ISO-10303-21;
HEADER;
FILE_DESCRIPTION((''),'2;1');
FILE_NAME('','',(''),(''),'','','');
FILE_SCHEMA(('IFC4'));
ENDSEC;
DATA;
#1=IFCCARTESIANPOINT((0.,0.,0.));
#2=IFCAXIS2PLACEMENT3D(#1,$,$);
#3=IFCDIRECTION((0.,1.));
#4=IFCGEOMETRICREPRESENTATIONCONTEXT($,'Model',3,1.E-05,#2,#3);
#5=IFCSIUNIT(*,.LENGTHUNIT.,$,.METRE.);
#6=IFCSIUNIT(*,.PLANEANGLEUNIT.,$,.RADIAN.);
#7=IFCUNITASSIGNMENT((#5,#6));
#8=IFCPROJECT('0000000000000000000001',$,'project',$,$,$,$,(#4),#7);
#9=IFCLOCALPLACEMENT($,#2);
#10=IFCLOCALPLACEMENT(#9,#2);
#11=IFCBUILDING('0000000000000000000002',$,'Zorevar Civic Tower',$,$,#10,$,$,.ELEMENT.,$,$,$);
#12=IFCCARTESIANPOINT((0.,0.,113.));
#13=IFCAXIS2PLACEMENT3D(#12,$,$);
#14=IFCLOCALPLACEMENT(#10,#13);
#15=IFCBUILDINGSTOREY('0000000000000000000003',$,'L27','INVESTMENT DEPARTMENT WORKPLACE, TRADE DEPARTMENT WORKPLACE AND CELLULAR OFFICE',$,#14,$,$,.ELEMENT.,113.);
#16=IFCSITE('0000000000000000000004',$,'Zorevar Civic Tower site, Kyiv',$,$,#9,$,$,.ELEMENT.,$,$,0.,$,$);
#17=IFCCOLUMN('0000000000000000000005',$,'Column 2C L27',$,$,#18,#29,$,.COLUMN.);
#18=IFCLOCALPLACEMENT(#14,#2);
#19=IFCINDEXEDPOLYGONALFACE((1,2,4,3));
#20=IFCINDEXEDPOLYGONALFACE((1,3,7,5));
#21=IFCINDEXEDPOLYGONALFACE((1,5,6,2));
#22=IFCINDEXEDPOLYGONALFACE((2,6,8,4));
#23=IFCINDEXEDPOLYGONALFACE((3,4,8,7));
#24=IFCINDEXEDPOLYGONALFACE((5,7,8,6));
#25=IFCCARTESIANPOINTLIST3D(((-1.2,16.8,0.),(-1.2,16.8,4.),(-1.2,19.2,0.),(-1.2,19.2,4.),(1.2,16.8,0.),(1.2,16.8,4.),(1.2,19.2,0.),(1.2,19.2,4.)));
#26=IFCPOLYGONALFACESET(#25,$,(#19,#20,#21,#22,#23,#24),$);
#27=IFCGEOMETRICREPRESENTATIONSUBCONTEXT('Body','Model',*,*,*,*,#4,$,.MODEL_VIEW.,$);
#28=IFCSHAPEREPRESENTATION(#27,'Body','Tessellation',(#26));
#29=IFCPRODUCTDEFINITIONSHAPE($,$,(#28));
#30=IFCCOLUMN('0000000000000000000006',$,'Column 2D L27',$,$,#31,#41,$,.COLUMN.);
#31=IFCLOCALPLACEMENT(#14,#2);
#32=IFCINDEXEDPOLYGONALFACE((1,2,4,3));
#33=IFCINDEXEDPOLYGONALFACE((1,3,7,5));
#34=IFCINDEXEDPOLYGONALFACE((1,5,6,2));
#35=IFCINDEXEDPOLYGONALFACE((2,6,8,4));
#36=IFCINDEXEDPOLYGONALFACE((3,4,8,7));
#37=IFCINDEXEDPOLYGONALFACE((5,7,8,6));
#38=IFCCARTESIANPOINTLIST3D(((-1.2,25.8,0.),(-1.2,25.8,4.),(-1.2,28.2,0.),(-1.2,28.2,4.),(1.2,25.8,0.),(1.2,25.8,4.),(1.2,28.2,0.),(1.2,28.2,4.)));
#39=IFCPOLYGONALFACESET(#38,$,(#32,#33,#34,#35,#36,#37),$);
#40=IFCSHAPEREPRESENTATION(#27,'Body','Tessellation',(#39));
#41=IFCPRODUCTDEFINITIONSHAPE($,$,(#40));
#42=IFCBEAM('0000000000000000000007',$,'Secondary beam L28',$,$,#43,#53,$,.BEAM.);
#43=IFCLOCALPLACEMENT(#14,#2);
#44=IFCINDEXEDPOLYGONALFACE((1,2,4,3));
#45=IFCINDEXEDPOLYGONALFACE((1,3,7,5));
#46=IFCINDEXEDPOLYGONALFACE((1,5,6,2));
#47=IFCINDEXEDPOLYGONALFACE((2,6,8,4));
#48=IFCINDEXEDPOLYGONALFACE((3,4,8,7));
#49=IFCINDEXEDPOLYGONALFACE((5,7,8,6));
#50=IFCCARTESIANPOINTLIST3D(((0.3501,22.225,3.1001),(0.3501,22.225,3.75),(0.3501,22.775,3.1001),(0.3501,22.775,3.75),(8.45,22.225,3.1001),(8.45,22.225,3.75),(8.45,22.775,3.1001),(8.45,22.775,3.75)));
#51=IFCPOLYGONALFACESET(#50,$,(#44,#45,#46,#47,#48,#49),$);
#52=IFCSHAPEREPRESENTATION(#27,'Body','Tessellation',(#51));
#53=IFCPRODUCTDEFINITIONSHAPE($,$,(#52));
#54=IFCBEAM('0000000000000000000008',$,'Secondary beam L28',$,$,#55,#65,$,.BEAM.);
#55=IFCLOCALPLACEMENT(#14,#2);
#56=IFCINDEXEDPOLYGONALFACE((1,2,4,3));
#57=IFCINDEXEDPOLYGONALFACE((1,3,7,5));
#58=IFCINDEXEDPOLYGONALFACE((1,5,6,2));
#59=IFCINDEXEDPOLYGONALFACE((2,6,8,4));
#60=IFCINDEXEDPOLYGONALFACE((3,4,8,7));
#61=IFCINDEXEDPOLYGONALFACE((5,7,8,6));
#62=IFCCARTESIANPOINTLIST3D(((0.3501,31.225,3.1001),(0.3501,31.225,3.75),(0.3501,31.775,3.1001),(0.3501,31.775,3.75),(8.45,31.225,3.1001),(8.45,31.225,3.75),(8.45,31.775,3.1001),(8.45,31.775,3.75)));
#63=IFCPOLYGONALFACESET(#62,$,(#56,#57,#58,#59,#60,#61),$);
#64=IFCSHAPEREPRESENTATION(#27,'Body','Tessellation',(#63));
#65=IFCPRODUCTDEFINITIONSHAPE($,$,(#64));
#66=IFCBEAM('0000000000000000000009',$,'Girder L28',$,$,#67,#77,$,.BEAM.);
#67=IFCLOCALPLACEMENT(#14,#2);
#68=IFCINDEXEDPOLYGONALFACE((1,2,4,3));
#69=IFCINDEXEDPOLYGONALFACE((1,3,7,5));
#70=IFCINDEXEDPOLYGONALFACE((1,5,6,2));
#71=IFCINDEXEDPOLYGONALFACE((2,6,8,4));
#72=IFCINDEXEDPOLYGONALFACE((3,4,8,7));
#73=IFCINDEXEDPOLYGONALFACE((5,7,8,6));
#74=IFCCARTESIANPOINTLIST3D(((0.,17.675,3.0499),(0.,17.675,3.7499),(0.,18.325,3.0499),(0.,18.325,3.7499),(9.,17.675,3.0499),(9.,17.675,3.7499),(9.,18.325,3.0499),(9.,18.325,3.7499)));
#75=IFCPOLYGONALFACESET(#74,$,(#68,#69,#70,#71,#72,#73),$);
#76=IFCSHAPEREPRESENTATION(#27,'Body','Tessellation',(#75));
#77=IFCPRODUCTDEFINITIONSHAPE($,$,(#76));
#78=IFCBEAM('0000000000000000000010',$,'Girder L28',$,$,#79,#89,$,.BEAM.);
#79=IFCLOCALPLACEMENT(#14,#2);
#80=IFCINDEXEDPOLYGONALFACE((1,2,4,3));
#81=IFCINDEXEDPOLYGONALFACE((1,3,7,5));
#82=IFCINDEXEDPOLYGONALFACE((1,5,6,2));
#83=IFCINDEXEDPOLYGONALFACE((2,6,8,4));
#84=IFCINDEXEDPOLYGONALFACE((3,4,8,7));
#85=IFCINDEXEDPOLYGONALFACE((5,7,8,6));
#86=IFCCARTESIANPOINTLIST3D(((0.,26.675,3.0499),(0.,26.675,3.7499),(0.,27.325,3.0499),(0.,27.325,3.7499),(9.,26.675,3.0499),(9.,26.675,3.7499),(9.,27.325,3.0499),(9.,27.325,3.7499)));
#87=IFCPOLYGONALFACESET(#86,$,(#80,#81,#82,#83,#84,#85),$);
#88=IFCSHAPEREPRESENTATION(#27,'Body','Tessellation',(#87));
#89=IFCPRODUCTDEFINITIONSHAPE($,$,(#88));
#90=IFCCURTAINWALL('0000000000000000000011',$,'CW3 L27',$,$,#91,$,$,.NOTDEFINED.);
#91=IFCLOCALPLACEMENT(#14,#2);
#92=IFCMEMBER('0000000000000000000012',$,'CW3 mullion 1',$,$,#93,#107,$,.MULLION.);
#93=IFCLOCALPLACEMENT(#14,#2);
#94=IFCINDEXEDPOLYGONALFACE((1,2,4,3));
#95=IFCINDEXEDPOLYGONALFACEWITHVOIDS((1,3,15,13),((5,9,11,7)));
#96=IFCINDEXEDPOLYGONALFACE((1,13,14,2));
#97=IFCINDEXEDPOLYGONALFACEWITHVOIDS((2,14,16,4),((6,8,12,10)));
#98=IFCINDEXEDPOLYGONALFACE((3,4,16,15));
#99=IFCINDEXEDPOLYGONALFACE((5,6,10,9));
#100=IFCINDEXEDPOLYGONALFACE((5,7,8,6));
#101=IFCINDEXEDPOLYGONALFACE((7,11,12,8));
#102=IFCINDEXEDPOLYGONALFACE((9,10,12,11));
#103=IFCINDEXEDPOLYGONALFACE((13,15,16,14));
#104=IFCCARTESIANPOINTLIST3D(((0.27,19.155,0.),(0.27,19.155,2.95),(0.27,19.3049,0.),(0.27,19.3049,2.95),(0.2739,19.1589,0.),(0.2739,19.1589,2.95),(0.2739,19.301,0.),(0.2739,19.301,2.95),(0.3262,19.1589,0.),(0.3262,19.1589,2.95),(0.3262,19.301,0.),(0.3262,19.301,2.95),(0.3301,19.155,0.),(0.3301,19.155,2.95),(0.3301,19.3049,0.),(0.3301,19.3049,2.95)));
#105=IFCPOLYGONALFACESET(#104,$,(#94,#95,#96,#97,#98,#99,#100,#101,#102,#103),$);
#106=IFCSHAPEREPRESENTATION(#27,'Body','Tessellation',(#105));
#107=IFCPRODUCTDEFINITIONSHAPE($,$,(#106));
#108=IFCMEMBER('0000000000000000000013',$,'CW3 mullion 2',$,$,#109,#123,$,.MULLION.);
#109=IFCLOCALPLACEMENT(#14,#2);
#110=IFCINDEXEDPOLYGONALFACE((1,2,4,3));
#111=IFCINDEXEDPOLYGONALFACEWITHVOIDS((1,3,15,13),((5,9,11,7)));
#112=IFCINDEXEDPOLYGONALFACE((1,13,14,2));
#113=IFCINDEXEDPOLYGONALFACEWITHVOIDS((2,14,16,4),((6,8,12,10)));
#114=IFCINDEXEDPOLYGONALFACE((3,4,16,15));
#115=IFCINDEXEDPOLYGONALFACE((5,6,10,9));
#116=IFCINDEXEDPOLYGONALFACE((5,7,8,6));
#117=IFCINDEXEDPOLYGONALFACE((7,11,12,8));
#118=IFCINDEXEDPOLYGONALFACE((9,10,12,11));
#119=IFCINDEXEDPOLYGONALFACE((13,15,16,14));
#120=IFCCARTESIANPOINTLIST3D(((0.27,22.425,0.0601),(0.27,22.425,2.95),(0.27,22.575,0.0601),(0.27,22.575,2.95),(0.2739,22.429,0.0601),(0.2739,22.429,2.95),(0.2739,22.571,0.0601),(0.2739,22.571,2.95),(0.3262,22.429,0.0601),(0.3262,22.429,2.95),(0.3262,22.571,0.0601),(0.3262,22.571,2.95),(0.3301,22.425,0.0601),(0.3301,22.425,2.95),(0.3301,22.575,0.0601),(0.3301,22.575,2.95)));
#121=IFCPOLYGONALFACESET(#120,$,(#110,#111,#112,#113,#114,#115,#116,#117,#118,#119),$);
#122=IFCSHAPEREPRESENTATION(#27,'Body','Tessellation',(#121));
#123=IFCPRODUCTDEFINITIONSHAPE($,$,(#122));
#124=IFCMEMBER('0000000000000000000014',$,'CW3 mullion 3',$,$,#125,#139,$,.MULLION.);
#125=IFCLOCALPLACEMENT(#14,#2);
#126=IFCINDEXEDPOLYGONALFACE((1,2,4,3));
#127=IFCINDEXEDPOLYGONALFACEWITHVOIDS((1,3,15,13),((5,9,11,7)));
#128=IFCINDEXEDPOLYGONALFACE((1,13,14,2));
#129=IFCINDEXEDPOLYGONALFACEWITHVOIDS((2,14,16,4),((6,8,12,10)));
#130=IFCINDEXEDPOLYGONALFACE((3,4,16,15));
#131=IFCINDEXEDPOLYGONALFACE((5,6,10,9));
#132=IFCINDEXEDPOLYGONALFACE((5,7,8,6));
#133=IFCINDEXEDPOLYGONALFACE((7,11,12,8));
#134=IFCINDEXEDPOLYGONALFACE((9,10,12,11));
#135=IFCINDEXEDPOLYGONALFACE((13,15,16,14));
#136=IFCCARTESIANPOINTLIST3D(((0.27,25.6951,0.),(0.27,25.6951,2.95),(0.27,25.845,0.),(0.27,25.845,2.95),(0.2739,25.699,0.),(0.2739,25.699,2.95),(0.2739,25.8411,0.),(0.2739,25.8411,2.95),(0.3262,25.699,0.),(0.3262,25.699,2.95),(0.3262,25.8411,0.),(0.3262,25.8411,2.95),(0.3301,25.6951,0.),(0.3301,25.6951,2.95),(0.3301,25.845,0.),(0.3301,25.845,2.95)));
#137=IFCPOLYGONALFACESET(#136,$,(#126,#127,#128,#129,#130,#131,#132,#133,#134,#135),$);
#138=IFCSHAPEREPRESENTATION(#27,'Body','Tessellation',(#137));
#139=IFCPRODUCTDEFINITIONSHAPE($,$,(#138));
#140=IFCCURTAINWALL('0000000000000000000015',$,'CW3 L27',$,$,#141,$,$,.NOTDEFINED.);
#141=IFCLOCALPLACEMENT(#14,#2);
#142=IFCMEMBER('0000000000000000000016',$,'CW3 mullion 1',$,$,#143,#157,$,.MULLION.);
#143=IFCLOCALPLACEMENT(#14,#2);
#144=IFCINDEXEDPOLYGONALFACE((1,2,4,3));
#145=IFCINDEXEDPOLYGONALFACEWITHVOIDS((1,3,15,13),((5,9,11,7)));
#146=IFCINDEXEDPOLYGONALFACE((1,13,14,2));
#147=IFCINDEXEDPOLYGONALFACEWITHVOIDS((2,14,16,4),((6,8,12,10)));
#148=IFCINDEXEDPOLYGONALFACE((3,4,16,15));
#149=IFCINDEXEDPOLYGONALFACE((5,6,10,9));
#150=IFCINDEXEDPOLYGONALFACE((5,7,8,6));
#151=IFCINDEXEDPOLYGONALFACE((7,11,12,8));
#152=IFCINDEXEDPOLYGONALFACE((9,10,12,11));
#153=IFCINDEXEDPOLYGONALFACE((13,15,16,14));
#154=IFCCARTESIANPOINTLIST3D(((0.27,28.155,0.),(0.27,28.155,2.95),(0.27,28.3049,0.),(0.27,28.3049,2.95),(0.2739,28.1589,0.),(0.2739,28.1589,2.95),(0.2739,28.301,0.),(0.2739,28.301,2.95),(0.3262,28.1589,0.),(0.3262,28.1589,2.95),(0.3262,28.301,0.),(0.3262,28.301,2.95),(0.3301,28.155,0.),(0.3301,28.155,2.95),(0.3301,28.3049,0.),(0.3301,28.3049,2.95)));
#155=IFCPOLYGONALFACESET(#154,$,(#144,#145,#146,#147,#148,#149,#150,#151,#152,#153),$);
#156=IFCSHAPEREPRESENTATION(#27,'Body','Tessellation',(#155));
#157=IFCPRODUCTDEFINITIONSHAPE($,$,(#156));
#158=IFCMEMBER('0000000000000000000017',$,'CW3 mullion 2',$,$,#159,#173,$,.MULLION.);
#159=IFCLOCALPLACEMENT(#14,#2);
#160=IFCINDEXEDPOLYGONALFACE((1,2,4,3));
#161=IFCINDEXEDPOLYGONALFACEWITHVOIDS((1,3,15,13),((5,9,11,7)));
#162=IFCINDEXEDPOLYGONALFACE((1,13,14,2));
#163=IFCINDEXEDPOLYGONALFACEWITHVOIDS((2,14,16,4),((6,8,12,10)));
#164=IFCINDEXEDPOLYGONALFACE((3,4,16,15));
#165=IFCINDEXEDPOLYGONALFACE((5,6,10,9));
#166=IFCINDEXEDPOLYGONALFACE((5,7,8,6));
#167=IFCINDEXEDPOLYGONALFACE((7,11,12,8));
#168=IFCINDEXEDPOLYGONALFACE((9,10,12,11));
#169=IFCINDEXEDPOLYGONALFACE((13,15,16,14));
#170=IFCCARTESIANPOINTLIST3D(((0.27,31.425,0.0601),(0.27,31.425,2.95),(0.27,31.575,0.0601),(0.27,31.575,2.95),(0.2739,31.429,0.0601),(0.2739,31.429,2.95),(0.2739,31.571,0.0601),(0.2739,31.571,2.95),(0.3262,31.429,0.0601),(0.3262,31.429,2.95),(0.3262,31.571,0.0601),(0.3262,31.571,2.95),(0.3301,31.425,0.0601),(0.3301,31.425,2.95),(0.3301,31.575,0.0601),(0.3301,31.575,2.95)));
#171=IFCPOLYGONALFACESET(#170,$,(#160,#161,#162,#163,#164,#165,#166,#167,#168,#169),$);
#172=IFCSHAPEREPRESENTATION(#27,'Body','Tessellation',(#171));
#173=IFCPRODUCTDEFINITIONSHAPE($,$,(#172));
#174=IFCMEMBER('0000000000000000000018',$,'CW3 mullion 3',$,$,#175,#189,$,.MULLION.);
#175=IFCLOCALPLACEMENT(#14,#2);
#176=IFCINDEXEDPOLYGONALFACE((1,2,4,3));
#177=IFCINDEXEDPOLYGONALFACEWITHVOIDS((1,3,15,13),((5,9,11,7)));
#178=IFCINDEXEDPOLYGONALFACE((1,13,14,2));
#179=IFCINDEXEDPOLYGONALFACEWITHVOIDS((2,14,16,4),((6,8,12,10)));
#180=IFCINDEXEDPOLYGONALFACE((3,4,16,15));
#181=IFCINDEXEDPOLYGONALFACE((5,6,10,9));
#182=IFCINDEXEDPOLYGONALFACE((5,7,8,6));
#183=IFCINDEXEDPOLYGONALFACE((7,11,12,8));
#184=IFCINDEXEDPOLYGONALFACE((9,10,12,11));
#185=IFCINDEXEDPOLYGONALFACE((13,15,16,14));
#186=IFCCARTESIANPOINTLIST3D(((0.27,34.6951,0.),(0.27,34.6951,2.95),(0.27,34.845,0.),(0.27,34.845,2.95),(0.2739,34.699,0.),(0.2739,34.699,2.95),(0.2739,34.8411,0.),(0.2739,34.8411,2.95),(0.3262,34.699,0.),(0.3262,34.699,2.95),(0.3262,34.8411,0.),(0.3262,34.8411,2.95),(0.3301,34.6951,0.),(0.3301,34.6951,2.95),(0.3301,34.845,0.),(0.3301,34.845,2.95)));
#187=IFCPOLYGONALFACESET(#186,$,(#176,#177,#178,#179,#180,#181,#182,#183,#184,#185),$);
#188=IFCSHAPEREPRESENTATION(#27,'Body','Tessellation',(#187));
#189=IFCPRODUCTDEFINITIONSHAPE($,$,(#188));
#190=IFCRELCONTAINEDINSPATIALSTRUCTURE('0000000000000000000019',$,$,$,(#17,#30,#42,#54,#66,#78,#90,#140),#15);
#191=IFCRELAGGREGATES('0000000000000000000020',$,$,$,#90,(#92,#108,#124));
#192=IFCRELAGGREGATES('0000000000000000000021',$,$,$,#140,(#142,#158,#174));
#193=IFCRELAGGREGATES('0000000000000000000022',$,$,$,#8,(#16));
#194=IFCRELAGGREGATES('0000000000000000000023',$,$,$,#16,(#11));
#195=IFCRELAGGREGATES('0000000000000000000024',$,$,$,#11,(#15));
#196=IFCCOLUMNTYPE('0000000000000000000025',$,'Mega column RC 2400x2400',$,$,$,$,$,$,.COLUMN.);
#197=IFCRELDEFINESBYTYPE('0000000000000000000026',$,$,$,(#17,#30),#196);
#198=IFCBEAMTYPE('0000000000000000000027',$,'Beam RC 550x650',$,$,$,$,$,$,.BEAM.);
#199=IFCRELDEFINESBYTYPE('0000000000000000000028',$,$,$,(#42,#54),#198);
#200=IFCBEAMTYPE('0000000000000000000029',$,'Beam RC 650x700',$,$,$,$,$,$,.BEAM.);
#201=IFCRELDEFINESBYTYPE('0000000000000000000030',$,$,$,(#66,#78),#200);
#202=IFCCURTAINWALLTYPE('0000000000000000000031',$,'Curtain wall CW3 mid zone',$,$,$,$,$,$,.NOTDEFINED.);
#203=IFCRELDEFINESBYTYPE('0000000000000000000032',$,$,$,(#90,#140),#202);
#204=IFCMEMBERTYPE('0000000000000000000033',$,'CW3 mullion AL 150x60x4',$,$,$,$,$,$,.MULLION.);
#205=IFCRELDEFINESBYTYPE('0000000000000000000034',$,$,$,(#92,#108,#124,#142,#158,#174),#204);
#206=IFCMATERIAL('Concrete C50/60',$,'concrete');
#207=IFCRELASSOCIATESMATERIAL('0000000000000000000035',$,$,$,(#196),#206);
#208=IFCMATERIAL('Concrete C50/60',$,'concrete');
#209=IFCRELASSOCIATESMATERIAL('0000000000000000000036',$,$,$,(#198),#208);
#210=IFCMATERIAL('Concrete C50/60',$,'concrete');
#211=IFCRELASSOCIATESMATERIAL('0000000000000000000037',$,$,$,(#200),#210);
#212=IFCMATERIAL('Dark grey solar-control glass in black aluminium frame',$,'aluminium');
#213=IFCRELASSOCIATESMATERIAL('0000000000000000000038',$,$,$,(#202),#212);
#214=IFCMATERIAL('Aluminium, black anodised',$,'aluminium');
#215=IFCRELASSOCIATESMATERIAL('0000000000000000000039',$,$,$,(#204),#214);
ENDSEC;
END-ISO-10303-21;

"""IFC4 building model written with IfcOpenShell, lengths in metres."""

from ifc_helpers import new_model, si_unit, direction, frame, origin, origin_2d, place, context, subcontext, project, spatial, rectangle, hollow_rectangle, extrude, material, material_profile, profile_set, type_object, element, aggregate, save


model = new_model("IFC4")

# Units and contexts
model_context = context("Model", 3, precision=1e-05, world=origin(), true_north=direction((0.0, 1.0)))
body_context = subcontext(model_context, "Body", "Model", "MODEL_VIEW")
ifc_project = project(units=[si_unit("LENGTHUNIT", "METRE"), si_unit("PLANEANGLEUNIT", "RADIAN")], contexts=[model_context])

# Site, building, storey
site_placement = place(None, origin())
site = spatial("IfcSite", under=ifc_project, at=site_placement, Name="Zorevar Civic Tower site, Kyiv", CompositionType="ELEMENT", RefElevation=0.0)
building_placement = place(site_placement, origin())
building = spatial("IfcBuilding", under=site, at=building_placement, Name="Zorevar Civic Tower", CompositionType="ELEMENT")
storey_placement = place(building_placement, frame((0.0, 0.0, 113.0)))
storey = spatial("IfcBuildingStorey", under=building, at=storey_placement, Name="L27", Description="INVESTMENT DEPARTMENT WORKPLACE, TRADE DEPARTMENT WORKPLACE AND CELLULAR OFFICE", CompositionType="ELEMENT", Elevation=113.0)

# Columns
ifc_material_1 = material(Name="Concrete C50/60", Category="concrete")
ifc_material_profile_1 = material_profile(ifc_material_1, rectangle(XDim=2.3999, YDim=2.3999, at=origin_2d()), Name="RC 2400x2400")
ifc_profile_set_1 = profile_set([ifc_material_profile_1], Name="Concrete C50/60")
column_type = type_object("IfcColumnType", Name="Mega column RC 2400x2400", PredefinedType="COLUMN", material=ifc_profile_set_1)
for number, where, z_axis, x_axis, name in (
    (1, (0.0, 18.0, 0.0), (0.0, 0.0, 1.0), (1.0, 0.0, 0.0), "Column 2C L27"),
    (2, (0.0, 27.0, 0.0), (0.0, 0.0, 1.0), (1.0, 0.0, 0.0), "Column 2D L27"),
):
    element("IfcColumn", number, at=place(storey_placement, frame(where, z_axis=z_axis, x_axis=x_axis)), inside=storey, type_object=column_type, Name=name, PredefinedType="COLUMN", context=body_context, shape_type="SweptSolid", body=[
        extrude(rectangle(XDim=2.3999, YDim=2.3999, at=origin_2d()), origin(), (0.0, 0.0, 1.0), 4.0),
    ])

# Beams
ifc_material_2 = material(Name="Concrete C50/60", Category="concrete")
ifc_material_profile_2 = material_profile(ifc_material_2, rectangle(XDim=0.55, YDim=0.6499, at=origin_2d()), Name="RC 550x650")
ifc_profile_set_2 = profile_set([ifc_material_profile_2], Name="Concrete C50/60")
beam_type_1 = type_object("IfcBeamType", Name="Beam RC 550x650", PredefinedType="BEAM", material=ifc_profile_set_2)
for number, where, z_axis, x_axis, name in (
    (3, (0.3501, 22.5, 3.425), (1.0, 0.0, 0.0), (0.0, 1.0, 0.0), "Secondary beam L28"),
    (4, (0.3501, 31.5, 3.425), (1.0, 0.0, 0.0), (0.0, 1.0, 0.0), "Secondary beam L28"),
):
    element("IfcBeam", number, at=place(storey_placement, frame(where, z_axis=z_axis, x_axis=x_axis)), inside=storey, type_object=beam_type_1, Name=name, PredefinedType="BEAM", context=body_context, shape_type="SweptSolid", body=[
        extrude(rectangle(XDim=0.55, YDim=0.6499, at=origin_2d()), origin(), (0.0, 0.0, 1.0), 8.0999),
    ])
ifc_material_3 = material(Name="Concrete C50/60", Category="concrete")
ifc_material_profile_3 = material_profile(ifc_material_3, rectangle(XDim=0.6499, YDim=0.7, at=origin_2d()), Name="RC 650x700")
ifc_profile_set_3 = profile_set([ifc_material_profile_3], Name="Concrete C50/60")
beam_type_2 = type_object("IfcBeamType", Name="Beam RC 650x700", PredefinedType="BEAM", material=ifc_profile_set_3)
for number, where, z_axis, x_axis, name in (
    (5, (0.0, 18.0, 3.3999), (1.0, 0.0, 0.0), (0.0, 1.0, 0.0), "Girder L28"),
    (6, (0.0, 27.0, 3.3999), (1.0, 0.0, 0.0), (0.0, 1.0, 0.0), "Girder L28"),
):
    element("IfcBeam", number, at=place(storey_placement, frame(where, z_axis=z_axis, x_axis=x_axis)), inside=storey, type_object=beam_type_2, Name=name, PredefinedType="BEAM", context=body_context, shape_type="SweptSolid", body=[
        extrude(rectangle(XDim=0.6499, YDim=0.7, at=origin_2d()), origin(), (0.0, 0.0, 1.0), 9.0),
    ])

# Curtain walls, members
ifc_material_4 = material(Name="Dark grey solar-control glass in black aluminium frame", Category="aluminium")
curtain_wall_type = type_object("IfcCurtainWallType", Name="Curtain wall CW3 mid zone", PredefinedType="NOTDEFINED", material=ifc_material_4)
curtain_wall_1_placement = place(storey_placement, origin())
curtain_wall_1 = element("IfcCurtainWall", 7, at=curtain_wall_1_placement, inside=storey, type_object=curtain_wall_type, Name="CW3 L27", PredefinedType="NOTDEFINED")
ifc_material_5 = material(Name="Aluminium, black anodised", Category="aluminium")
ifc_material_profile_4 = material_profile(ifc_material_5, hollow_rectangle(XDim=0.0601, YDim=0.1499, WallThickness=0.0039, at=origin_2d()), Name="AL 150x60x4")
ifc_profile_set_4 = profile_set([ifc_material_profile_4], Name="Aluminium, black anodised")
member_type_1 = type_object("IfcMemberType", Name="CW3 mullion AL 150x60x4", PredefinedType="MULLION", material=ifc_profile_set_4)
member_1_placement = place(storey_placement, frame((0.3, 19.23, 0.0), z_axis=(0.0, 0.0, 1.0), x_axis=(-1.0, 0.0, 0.0)))
member_1 = element("IfcMember", 8, at=member_1_placement, type_object=member_type_1, Name="CW3 mullion 1", PredefinedType="MULLION", context=body_context, shape_type="SweptSolid", body=[
    extrude(hollow_rectangle(XDim=0.0601, YDim=0.1499, WallThickness=0.0039, at=origin_2d()), origin(), (0.0, 0.0, 1.0), 2.95),
])
member_2_placement = place(storey_placement, frame((0.3, 22.5, 0.0601), z_axis=(0.0, 0.0, 1.0), x_axis=(-1.0, 0.0, 0.0)))
member_2 = element("IfcMember", 9, at=member_2_placement, type_object=member_type_1, Name="CW3 mullion 2", PredefinedType="MULLION", context=body_context, shape_type="SweptSolid", body=[
    extrude(hollow_rectangle(XDim=0.0601, YDim=0.1499, WallThickness=0.0039, at=origin_2d()), origin(), (0.0, 0.0, 1.0), 2.8899),
])
member_3_placement = place(storey_placement, frame((0.3, 25.77, 0.0), z_axis=(0.0, 0.0, 1.0), x_axis=(-1.0, 0.0, 0.0)))
member_3 = element("IfcMember", 10, at=member_3_placement, type_object=member_type_1, Name="CW3 mullion 3", PredefinedType="MULLION", context=body_context, shape_type="SweptSolid", body=[
    extrude(hollow_rectangle(XDim=0.0601, YDim=0.1499, WallThickness=0.0039, at=origin_2d()), origin(), (0.0, 0.0, 1.0), 2.95),
])
curtain_wall_2_placement = place(storey_placement, origin())
curtain_wall_2 = element("IfcCurtainWall", 11, at=curtain_wall_2_placement, inside=storey, type_object=curtain_wall_type, Name="CW3 L27", PredefinedType="NOTDEFINED")
member_4_placement = place(storey_placement, frame((0.3, 28.23, 0.0), z_axis=(0.0, 0.0, 1.0), x_axis=(-1.0, 0.0, 0.0)))
member_4 = element("IfcMember", 12, at=member_4_placement, type_object=member_type_1, Name="CW3 mullion 1", PredefinedType="MULLION", context=body_context, shape_type="SweptSolid", body=[
    extrude(hollow_rectangle(XDim=0.0601, YDim=0.1499, WallThickness=0.0039, at=origin_2d()), origin(), (0.0, 0.0, 1.0), 2.95),
])
member_5_placement = place(storey_placement, frame((0.3, 31.5, 0.0601), z_axis=(0.0, 0.0, 1.0), x_axis=(-1.0, 0.0, 0.0)))
member_5 = element("IfcMember", 13, at=member_5_placement, type_object=member_type_1, Name="CW3 mullion 2", PredefinedType="MULLION", context=body_context, shape_type="SweptSolid", body=[
    extrude(hollow_rectangle(XDim=0.0601, YDim=0.1499, WallThickness=0.0039, at=origin_2d()), origin(), (0.0, 0.0, 1.0), 2.8899),
])
member_6_placement = place(storey_placement, frame((0.3, 34.77, 0.0), z_axis=(0.0, 0.0, 1.0), x_axis=(-1.0, 0.0, 0.0)))
member_6 = element("IfcMember", 14, at=member_6_placement, type_object=member_type_1, Name="CW3 mullion 3", PredefinedType="MULLION", context=body_context, shape_type="SweptSolid", body=[
    extrude(hollow_rectangle(XDim=0.0601, YDim=0.1499, WallThickness=0.0039, at=origin_2d()), origin(), (0.0, 0.0, 1.0), 2.95),
])

aggregate(curtain_wall_1, [member_1, member_2, member_3])
aggregate(curtain_wall_2, [member_4, member_5, member_6])

save(model, "model.ifc")
